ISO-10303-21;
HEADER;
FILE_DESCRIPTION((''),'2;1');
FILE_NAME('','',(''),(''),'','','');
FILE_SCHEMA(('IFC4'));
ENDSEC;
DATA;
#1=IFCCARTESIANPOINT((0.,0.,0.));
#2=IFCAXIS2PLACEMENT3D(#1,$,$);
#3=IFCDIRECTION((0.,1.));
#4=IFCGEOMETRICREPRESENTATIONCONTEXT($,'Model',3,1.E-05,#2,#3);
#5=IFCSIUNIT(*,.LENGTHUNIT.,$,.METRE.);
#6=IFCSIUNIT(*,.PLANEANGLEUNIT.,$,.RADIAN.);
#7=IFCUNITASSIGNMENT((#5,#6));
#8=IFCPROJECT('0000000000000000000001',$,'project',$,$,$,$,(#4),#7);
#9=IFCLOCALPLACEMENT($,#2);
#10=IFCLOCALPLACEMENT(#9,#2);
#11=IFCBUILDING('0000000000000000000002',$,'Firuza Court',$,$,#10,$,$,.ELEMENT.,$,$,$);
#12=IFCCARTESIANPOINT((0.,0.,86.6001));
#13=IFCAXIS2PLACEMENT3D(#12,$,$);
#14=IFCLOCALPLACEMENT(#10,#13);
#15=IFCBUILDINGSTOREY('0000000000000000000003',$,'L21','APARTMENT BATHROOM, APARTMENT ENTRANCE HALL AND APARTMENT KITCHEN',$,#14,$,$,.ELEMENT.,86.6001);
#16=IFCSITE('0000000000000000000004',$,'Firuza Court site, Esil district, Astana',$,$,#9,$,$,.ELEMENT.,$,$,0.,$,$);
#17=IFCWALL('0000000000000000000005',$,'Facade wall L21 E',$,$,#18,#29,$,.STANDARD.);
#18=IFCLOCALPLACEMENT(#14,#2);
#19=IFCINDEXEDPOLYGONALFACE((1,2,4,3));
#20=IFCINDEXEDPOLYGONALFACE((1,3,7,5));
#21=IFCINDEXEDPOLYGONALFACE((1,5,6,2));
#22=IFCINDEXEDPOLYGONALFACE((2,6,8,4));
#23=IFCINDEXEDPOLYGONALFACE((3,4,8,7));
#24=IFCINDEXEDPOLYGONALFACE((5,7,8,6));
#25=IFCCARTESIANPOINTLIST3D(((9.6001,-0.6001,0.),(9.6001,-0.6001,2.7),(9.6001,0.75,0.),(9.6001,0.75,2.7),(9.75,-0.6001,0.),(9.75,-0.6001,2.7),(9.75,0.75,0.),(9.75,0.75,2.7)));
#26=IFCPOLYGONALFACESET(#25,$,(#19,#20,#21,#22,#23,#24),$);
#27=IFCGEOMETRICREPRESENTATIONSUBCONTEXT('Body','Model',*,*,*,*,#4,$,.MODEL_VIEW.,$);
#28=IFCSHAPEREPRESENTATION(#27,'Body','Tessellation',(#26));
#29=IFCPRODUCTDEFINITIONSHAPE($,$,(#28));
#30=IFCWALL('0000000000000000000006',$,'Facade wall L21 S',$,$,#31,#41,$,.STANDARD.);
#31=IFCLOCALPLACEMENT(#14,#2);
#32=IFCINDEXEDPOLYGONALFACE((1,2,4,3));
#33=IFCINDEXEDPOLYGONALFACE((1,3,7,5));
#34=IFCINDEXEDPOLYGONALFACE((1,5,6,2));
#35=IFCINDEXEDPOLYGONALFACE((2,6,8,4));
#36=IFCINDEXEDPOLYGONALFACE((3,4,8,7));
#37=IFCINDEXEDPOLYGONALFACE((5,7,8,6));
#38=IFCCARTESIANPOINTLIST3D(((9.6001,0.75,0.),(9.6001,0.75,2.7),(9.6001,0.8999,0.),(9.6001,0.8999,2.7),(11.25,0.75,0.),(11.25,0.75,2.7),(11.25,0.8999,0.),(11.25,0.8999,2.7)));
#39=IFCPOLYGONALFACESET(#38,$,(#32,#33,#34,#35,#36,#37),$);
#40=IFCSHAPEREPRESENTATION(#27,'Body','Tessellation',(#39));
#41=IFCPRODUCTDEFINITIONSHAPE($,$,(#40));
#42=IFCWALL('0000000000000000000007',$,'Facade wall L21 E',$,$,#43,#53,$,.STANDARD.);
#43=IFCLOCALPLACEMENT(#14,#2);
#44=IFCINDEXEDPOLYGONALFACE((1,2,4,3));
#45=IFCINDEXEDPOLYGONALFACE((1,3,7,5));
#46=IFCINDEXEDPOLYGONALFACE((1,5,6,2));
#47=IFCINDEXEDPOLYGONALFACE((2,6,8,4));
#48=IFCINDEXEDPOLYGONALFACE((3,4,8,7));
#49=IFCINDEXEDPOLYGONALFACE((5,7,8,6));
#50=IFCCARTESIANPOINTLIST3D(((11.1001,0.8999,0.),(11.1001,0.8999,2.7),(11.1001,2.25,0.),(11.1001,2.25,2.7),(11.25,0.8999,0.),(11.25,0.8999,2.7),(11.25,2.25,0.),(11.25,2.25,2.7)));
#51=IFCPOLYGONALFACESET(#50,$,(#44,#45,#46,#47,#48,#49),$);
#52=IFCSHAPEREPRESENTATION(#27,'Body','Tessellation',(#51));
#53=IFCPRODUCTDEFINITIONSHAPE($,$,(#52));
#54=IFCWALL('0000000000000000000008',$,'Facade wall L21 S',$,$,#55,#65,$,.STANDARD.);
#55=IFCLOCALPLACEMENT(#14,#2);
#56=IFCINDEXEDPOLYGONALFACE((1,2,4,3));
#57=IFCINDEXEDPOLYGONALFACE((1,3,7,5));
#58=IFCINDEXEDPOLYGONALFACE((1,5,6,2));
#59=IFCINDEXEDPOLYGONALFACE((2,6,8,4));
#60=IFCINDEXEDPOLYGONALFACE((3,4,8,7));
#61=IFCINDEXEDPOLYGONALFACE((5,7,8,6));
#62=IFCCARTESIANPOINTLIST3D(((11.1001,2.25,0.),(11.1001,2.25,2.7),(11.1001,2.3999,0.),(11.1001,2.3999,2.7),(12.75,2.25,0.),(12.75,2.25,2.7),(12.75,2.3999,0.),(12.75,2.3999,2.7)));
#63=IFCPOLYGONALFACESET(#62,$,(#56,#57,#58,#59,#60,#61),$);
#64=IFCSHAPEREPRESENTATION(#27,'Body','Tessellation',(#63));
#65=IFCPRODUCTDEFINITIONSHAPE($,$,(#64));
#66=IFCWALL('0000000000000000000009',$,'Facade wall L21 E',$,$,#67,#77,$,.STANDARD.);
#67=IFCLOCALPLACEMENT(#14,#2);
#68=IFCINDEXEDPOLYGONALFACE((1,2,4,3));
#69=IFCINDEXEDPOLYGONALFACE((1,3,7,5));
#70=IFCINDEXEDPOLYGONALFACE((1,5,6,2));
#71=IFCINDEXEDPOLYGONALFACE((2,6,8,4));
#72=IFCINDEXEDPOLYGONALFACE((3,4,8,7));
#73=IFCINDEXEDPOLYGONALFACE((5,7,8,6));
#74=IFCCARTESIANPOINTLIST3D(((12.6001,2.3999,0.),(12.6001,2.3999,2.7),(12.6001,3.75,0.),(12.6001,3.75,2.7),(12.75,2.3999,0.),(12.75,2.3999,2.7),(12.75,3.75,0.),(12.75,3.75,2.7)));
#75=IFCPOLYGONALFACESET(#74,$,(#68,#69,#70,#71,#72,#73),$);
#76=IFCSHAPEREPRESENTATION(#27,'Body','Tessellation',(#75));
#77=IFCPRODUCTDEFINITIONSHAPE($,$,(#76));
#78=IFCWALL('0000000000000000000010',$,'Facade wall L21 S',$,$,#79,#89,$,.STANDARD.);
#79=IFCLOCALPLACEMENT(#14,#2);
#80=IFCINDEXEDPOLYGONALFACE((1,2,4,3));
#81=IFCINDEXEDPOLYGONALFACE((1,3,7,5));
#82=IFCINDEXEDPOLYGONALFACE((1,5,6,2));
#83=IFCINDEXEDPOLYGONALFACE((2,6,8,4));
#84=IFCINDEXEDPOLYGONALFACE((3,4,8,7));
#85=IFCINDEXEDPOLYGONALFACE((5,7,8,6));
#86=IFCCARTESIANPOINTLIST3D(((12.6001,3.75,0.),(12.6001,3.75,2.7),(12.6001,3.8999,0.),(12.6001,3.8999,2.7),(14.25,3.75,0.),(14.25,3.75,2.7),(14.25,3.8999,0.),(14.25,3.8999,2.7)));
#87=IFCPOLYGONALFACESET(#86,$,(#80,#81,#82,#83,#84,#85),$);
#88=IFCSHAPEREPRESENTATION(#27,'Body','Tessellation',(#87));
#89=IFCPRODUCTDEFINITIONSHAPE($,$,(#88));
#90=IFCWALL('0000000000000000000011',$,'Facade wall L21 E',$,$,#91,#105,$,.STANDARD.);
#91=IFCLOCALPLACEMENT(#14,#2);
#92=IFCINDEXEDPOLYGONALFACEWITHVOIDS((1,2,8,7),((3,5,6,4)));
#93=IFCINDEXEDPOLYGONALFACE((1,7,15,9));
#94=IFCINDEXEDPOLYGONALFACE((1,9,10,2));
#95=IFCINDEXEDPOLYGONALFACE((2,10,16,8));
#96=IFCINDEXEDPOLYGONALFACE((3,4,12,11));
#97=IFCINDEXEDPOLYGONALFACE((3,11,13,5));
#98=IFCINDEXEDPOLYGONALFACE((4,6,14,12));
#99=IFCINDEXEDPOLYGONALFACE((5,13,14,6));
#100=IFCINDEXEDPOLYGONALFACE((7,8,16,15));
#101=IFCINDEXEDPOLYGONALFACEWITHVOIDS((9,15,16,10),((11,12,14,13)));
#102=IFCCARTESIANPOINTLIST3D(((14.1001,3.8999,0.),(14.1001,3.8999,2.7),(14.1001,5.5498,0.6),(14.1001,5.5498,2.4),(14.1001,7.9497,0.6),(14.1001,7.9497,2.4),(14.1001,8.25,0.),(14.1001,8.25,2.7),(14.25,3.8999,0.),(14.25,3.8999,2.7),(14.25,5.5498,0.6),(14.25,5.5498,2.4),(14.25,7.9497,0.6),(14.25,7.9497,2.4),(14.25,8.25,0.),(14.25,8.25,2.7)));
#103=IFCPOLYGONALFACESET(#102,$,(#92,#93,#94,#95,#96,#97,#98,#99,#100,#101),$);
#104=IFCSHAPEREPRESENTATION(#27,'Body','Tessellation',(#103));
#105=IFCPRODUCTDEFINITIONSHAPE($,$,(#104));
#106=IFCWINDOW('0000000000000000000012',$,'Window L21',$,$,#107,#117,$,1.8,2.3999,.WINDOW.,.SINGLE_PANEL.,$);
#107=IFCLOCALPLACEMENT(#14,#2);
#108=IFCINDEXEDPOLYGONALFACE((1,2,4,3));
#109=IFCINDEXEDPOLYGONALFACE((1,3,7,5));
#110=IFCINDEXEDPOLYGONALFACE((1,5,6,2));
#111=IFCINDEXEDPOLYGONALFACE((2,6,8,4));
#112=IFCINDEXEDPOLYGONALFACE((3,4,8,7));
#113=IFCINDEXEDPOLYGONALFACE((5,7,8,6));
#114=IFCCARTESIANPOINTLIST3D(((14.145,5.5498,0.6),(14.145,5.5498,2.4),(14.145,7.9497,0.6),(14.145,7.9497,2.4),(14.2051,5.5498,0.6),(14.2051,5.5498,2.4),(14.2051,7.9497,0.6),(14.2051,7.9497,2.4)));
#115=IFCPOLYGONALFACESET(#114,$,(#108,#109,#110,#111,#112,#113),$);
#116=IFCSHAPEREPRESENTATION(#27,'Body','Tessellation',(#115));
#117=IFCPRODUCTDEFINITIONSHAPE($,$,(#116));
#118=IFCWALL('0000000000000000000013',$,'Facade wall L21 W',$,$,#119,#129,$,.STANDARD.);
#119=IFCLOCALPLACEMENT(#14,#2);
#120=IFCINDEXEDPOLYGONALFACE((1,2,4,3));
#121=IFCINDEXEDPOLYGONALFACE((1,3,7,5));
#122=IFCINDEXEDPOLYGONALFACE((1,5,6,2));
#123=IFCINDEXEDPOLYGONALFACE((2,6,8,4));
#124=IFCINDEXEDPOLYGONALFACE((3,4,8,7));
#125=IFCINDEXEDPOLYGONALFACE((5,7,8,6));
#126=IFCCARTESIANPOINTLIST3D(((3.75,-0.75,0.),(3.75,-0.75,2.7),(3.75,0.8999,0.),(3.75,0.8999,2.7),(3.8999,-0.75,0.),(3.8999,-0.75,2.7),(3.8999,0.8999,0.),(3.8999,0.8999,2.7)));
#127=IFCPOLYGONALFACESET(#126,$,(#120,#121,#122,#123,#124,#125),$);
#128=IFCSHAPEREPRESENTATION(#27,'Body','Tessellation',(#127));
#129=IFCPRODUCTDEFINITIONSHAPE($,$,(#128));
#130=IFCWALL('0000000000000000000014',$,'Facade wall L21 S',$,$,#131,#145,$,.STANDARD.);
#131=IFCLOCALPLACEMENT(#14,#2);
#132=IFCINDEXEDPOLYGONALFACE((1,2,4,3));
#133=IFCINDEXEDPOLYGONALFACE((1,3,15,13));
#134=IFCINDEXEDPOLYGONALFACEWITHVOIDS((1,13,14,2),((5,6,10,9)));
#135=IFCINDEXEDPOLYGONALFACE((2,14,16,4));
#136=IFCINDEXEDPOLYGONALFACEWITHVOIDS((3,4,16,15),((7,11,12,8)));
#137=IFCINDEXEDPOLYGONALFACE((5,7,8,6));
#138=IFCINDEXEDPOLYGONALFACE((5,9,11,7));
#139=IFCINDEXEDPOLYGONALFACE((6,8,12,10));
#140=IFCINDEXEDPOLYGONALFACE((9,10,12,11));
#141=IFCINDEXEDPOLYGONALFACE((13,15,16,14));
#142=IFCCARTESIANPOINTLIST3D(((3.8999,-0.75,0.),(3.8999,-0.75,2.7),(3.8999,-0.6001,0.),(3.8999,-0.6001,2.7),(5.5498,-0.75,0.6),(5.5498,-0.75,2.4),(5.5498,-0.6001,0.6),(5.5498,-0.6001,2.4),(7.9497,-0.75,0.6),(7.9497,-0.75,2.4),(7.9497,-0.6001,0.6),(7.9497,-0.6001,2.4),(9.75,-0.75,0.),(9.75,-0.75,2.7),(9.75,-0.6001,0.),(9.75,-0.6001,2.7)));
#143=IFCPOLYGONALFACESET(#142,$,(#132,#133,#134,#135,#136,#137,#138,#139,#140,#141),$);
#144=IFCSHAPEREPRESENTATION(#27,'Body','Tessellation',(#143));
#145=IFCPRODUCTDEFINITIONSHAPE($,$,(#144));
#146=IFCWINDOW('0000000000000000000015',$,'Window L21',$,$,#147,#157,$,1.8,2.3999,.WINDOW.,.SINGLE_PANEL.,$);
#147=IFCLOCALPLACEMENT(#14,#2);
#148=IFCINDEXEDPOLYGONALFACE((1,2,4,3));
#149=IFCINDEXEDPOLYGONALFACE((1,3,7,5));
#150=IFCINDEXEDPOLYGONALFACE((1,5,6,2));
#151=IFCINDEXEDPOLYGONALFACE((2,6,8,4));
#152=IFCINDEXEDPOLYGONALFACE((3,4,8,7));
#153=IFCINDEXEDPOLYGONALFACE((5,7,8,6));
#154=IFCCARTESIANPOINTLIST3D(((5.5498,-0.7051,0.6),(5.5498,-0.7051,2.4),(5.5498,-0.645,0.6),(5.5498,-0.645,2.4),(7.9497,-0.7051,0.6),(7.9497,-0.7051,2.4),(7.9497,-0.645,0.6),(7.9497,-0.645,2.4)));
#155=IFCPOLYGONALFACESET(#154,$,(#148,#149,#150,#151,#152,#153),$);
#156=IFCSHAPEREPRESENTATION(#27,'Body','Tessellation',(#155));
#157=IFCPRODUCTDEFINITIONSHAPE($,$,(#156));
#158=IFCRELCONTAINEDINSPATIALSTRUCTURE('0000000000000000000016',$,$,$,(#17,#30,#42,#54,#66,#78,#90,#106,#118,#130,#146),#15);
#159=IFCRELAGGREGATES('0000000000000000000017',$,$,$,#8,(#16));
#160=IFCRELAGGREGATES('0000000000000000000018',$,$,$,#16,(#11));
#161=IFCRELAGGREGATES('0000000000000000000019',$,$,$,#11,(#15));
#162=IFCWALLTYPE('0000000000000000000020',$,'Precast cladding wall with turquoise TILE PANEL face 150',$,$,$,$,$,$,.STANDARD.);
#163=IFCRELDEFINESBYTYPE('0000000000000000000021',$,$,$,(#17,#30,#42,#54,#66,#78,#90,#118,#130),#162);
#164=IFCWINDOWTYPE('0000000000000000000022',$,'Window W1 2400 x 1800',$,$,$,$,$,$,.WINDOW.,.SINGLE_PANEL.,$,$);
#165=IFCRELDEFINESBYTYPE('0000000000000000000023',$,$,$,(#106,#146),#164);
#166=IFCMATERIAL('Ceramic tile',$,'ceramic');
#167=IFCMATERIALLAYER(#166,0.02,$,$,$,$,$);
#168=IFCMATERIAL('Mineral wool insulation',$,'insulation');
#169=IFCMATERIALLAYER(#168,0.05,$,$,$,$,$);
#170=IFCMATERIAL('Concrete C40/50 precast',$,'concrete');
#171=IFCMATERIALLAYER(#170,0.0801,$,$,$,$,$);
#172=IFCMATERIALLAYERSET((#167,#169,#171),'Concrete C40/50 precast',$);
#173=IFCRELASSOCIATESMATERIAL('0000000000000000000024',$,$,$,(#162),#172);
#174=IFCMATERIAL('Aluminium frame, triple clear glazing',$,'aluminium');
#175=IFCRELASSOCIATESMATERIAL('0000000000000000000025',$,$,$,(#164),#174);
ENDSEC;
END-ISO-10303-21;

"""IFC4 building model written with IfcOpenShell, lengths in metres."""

from ifc_helpers import new_model, si_unit, direction, frame, frame_2d, origin, place, context, subcontext, project, spatial, rectangle, extrude, material, layer, layer_set, type_object, element, fill, save


model = new_model("IFC4")

# Units and contexts
model_context = context("Model", 3, precision=1e-05, world=origin(), true_north=direction((0.0, 1.0)))
body_context = subcontext(model_context, "Body", "Model", "MODEL_VIEW")
ifc_project = project(units=[si_unit("LENGTHUNIT", "METRE"), si_unit("PLANEANGLEUNIT", "RADIAN")], contexts=[model_context])

# Site, building, storey
site_placement = place(None, origin())
site = spatial("IfcSite", under=ifc_project, at=site_placement, Name="Firuza Court site, Esil district, Astana", CompositionType="ELEMENT", RefElevation=0.0)
building_placement = place(site_placement, origin())
building = spatial("IfcBuilding", under=site, at=building_placement, Name="Firuza Court", CompositionType="ELEMENT")
storey_placement = place(building_placement, frame((0.0, 0.0, 86.6001)))
storey = spatial("IfcBuildingStorey", under=building, at=storey_placement, Name="L21", Description="APARTMENT BATHROOM, APARTMENT ENTRANCE HALL AND APARTMENT KITCHEN", CompositionType="ELEMENT", Elevation=86.6001)

# Walls
ifc_material_1 = material(Name="Ceramic tile", Category="ceramic")
ifc_layer_1 = layer(ifc_material_1, 0.02)
ifc_material_2 = material(Name="Mineral wool insulation", Category="insulation")
ifc_layer_2 = layer(ifc_material_2, 0.05)
ifc_material_3 = material(Name="Concrete C40/50 precast", Category="concrete")
ifc_layer_3 = layer(ifc_material_3, 0.0801)
ifc_layer_set_1 = layer_set([ifc_layer_1, ifc_layer_2, ifc_layer_3], Name="Concrete C40/50 precast")
wall_type_1 = type_object("IfcWallType", Name="Precast cladding wall with turquoise TILE PANEL face 150", PredefinedType="STANDARD", material=ifc_layer_set_1)
wall_1_placement = place(storey_placement, frame((9.675, -0.6001, 0.0), z_axis=(0.0, 0.0, 1.0), x_axis=(0.0, 1.0, 0.0)))
element("IfcWall", 1, at=wall_1_placement, inside=storey, type_object=wall_type_1, Name="Facade wall L21 E", PredefinedType="STANDARD", context=body_context, shape_type="SweptSolid", body=[
    extrude(rectangle(XDim=1.3501, YDim=0.1499, at=frame_2d((0.675, 0.0))), origin(), (0.0, 0.0, 1.0), 2.7),
])
wall_2_placement = place(storey_placement, frame((9.6001, 0.825, 0.0), z_axis=(0.0, 0.0, 1.0), x_axis=(1.0, 0.0, 0.0)))
element("IfcWall", 2, at=wall_2_placement, inside=storey, type_object=wall_type_1, Name="Facade wall L21 S", PredefinedType="STANDARD", context=body_context, shape_type="SweptSolid", body=[
    extrude(rectangle(XDim=1.6499, YDim=0.1499, at=frame_2d((0.825, 0.0))), origin(), (0.0, 0.0, 1.0), 2.7),
])
wall_3_placement = place(storey_placement, frame((11.175, 0.8999, 0.0), z_axis=(0.0, 0.0, 1.0), x_axis=(0.0, 1.0, 0.0)))
element("IfcWall", 3, at=wall_3_placement, inside=storey, type_object=wall_type_1, Name="Facade wall L21 E", PredefinedType="STANDARD", context=body_context, shape_type="SweptSolid", body=[
    extrude(rectangle(XDim=1.3501, YDim=0.1499, at=frame_2d((0.675, 0.0))), origin(), (0.0, 0.0, 1.0), 2.7),
])
wall_4_placement = place(storey_placement, frame((11.1001, 2.325, 0.0), z_axis=(0.0, 0.0, 1.0), x_axis=(1.0, 0.0, 0.0)))
element("IfcWall", 4, at=wall_4_placement, inside=storey, type_object=wall_type_1, Name="Facade wall L21 S", PredefinedType="STANDARD", context=body_context, shape_type="SweptSolid", body=[
    extrude(rectangle(XDim=1.6499, YDim=0.1499, at=frame_2d((0.825, 0.0))), origin(), (0.0, 0.0, 1.0), 2.7),
])
wall_5_placement = place(storey_placement, frame((12.675, 2.3999, 0.0), z_axis=(0.0, 0.0, 1.0), x_axis=(0.0, 1.0, 0.0)))
element("IfcWall", 5, at=wall_5_placement, inside=storey, type_object=wall_type_1, Name="Facade wall L21 E", PredefinedType="STANDARD", context=body_context, shape_type="SweptSolid", body=[
    extrude(rectangle(XDim=1.3501, YDim=0.1499, at=frame_2d((0.675, 0.0))), origin(), (0.0, 0.0, 1.0), 2.7),
])
wall_6_placement = place(storey_placement, frame((12.6001, 3.825, 0.0), z_axis=(0.0, 0.0, 1.0), x_axis=(1.0, 0.0, 0.0)))
element("IfcWall", 6, at=wall_6_placement, inside=storey, type_object=wall_type_1, Name="Facade wall L21 S", PredefinedType="STANDARD", context=body_context, shape_type="SweptSolid", body=[
    extrude(rectangle(XDim=1.6499, YDim=0.1499, at=frame_2d((0.825, 0.0))), origin(), (0.0, 0.0, 1.0), 2.7),
])

# Wall, opening, window
wall_7_placement = place(storey_placement, frame((14.175, 3.8999, 0.0), z_axis=(0.0, 0.0, 1.0), x_axis=(0.0, 1.0, 0.0)))
wall_7 = element("IfcWall", 7, at=wall_7_placement, inside=storey, type_object=wall_type_1, Name="Facade wall L21 E", PredefinedType="STANDARD", context=body_context, shape_type="SweptSolid", body=[
    extrude(rectangle(XDim=4.3501, YDim=0.1499, at=frame_2d((2.175, 0.0))), origin(), (0.0, 0.0, 1.0), 2.7),
])
opening_1_placement = place(wall_7_placement, frame((1.6499, 0.0, 0.6001)))
opening_1 = element("IfcOpeningElement", 8, at=opening_1_placement, cuts=wall_7, PredefinedType="OPENING", context=body_context, shape_type="SweptSolid", body=[
    extrude(rectangle(XDim=2.3999, YDim=1.8, at=frame_2d((1.2, 0.8999))), frame((0.0, 0.0869, 0.0), z_axis=(0.0, -1.0, 0.0), x_axis=(1.0, 0.0, 0.0)), (0.0, 0.0, 1.0), 0.1738),
])
ifc_material_4 = material(Name="Aluminium frame, triple clear glazing", Category="aluminium")
window_type = type_object("IfcWindowType", Name="Window W1 2400 x 1800", PartitioningType="SINGLE_PANEL", PredefinedType="WINDOW", material=ifc_material_4)
window_1_placement = place(opening_1_placement, origin())
window_1 = element("IfcWindow", 9, at=window_1_placement, inside=storey, type_object=window_type, Name="Window L21", OverallHeight=1.8, OverallWidth=2.3999, PartitioningType="SINGLE_PANEL", PredefinedType="WINDOW", context=body_context, shape_type="SweptSolid", body=[
    extrude(rectangle(XDim=2.3999, YDim=1.8, at=frame_2d((1.2, 0.8999))), frame((0.0, 0.03, 0.0), z_axis=(0.0, -1.0, 0.0), x_axis=(1.0, 0.0, 0.0)), (0.0, 0.0, 1.0), 0.0601),
])
fill(opening_1, window_1)

# Wall
wall_8_placement = place(storey_placement, frame((3.825, 0.8999, 0.0), z_axis=(0.0, 0.0, 1.0), x_axis=(0.0, -1.0, 0.0)))
element("IfcWall", 10, at=wall_8_placement, inside=storey, type_object=wall_type_1, Name="Facade wall L21 W", PredefinedType="STANDARD", context=body_context, shape_type="SweptSolid", body=[
    extrude(rectangle(XDim=1.6499, YDim=0.1499, at=frame_2d((0.825, 0.0))), origin(), (0.0, 0.0, 1.0), 2.7),
])

# Wall, opening, window
wall_9_placement = place(storey_placement, frame((3.8999, -0.675, 0.0), z_axis=(0.0, 0.0, 1.0), x_axis=(1.0, 0.0, 0.0)))
wall_9 = element("IfcWall", 11, at=wall_9_placement, inside=storey, type_object=wall_type_1, Name="Facade wall L21 S", PredefinedType="STANDARD", context=body_context, shape_type="SweptSolid", body=[
    extrude(rectangle(XDim=5.8501, YDim=0.1499, at=frame_2d((2.925, 0.0))), origin(), (0.0, 0.0, 1.0), 2.7),
])
opening_2_placement = place(wall_9_placement, frame((1.6499, 0.0, 0.6001)))
opening_2 = element("IfcOpeningElement", 12, at=opening_2_placement, cuts=wall_9, PredefinedType="OPENING", context=body_context, shape_type="SweptSolid", body=[
    extrude(rectangle(XDim=2.3999, YDim=1.8, at=frame_2d((1.2, 0.8999))), frame((0.0, 0.0869, 0.0), z_axis=(0.0, -1.0, 0.0), x_axis=(1.0, 0.0, 0.0)), (0.0, 0.0, 1.0), 0.1738),
])
window_2_placement = place(opening_2_placement, origin())
window_2 = element("IfcWindow", 13, at=window_2_placement, inside=storey, type_object=window_type, Name="Window L21", OverallHeight=1.8, OverallWidth=2.3999, PartitioningType="SINGLE_PANEL", PredefinedType="WINDOW", context=body_context, shape_type="SweptSolid", body=[
    extrude(rectangle(XDim=2.3999, YDim=1.8, at=frame_2d((1.2, 0.8999))), frame((0.0, 0.03, 0.0), z_axis=(0.0, -1.0, 0.0), x_axis=(1.0, 0.0, 0.0)), (0.0, 0.0, 1.0), 0.0601),
])
fill(opening_2, window_2)

save(model, "model.ifc")
